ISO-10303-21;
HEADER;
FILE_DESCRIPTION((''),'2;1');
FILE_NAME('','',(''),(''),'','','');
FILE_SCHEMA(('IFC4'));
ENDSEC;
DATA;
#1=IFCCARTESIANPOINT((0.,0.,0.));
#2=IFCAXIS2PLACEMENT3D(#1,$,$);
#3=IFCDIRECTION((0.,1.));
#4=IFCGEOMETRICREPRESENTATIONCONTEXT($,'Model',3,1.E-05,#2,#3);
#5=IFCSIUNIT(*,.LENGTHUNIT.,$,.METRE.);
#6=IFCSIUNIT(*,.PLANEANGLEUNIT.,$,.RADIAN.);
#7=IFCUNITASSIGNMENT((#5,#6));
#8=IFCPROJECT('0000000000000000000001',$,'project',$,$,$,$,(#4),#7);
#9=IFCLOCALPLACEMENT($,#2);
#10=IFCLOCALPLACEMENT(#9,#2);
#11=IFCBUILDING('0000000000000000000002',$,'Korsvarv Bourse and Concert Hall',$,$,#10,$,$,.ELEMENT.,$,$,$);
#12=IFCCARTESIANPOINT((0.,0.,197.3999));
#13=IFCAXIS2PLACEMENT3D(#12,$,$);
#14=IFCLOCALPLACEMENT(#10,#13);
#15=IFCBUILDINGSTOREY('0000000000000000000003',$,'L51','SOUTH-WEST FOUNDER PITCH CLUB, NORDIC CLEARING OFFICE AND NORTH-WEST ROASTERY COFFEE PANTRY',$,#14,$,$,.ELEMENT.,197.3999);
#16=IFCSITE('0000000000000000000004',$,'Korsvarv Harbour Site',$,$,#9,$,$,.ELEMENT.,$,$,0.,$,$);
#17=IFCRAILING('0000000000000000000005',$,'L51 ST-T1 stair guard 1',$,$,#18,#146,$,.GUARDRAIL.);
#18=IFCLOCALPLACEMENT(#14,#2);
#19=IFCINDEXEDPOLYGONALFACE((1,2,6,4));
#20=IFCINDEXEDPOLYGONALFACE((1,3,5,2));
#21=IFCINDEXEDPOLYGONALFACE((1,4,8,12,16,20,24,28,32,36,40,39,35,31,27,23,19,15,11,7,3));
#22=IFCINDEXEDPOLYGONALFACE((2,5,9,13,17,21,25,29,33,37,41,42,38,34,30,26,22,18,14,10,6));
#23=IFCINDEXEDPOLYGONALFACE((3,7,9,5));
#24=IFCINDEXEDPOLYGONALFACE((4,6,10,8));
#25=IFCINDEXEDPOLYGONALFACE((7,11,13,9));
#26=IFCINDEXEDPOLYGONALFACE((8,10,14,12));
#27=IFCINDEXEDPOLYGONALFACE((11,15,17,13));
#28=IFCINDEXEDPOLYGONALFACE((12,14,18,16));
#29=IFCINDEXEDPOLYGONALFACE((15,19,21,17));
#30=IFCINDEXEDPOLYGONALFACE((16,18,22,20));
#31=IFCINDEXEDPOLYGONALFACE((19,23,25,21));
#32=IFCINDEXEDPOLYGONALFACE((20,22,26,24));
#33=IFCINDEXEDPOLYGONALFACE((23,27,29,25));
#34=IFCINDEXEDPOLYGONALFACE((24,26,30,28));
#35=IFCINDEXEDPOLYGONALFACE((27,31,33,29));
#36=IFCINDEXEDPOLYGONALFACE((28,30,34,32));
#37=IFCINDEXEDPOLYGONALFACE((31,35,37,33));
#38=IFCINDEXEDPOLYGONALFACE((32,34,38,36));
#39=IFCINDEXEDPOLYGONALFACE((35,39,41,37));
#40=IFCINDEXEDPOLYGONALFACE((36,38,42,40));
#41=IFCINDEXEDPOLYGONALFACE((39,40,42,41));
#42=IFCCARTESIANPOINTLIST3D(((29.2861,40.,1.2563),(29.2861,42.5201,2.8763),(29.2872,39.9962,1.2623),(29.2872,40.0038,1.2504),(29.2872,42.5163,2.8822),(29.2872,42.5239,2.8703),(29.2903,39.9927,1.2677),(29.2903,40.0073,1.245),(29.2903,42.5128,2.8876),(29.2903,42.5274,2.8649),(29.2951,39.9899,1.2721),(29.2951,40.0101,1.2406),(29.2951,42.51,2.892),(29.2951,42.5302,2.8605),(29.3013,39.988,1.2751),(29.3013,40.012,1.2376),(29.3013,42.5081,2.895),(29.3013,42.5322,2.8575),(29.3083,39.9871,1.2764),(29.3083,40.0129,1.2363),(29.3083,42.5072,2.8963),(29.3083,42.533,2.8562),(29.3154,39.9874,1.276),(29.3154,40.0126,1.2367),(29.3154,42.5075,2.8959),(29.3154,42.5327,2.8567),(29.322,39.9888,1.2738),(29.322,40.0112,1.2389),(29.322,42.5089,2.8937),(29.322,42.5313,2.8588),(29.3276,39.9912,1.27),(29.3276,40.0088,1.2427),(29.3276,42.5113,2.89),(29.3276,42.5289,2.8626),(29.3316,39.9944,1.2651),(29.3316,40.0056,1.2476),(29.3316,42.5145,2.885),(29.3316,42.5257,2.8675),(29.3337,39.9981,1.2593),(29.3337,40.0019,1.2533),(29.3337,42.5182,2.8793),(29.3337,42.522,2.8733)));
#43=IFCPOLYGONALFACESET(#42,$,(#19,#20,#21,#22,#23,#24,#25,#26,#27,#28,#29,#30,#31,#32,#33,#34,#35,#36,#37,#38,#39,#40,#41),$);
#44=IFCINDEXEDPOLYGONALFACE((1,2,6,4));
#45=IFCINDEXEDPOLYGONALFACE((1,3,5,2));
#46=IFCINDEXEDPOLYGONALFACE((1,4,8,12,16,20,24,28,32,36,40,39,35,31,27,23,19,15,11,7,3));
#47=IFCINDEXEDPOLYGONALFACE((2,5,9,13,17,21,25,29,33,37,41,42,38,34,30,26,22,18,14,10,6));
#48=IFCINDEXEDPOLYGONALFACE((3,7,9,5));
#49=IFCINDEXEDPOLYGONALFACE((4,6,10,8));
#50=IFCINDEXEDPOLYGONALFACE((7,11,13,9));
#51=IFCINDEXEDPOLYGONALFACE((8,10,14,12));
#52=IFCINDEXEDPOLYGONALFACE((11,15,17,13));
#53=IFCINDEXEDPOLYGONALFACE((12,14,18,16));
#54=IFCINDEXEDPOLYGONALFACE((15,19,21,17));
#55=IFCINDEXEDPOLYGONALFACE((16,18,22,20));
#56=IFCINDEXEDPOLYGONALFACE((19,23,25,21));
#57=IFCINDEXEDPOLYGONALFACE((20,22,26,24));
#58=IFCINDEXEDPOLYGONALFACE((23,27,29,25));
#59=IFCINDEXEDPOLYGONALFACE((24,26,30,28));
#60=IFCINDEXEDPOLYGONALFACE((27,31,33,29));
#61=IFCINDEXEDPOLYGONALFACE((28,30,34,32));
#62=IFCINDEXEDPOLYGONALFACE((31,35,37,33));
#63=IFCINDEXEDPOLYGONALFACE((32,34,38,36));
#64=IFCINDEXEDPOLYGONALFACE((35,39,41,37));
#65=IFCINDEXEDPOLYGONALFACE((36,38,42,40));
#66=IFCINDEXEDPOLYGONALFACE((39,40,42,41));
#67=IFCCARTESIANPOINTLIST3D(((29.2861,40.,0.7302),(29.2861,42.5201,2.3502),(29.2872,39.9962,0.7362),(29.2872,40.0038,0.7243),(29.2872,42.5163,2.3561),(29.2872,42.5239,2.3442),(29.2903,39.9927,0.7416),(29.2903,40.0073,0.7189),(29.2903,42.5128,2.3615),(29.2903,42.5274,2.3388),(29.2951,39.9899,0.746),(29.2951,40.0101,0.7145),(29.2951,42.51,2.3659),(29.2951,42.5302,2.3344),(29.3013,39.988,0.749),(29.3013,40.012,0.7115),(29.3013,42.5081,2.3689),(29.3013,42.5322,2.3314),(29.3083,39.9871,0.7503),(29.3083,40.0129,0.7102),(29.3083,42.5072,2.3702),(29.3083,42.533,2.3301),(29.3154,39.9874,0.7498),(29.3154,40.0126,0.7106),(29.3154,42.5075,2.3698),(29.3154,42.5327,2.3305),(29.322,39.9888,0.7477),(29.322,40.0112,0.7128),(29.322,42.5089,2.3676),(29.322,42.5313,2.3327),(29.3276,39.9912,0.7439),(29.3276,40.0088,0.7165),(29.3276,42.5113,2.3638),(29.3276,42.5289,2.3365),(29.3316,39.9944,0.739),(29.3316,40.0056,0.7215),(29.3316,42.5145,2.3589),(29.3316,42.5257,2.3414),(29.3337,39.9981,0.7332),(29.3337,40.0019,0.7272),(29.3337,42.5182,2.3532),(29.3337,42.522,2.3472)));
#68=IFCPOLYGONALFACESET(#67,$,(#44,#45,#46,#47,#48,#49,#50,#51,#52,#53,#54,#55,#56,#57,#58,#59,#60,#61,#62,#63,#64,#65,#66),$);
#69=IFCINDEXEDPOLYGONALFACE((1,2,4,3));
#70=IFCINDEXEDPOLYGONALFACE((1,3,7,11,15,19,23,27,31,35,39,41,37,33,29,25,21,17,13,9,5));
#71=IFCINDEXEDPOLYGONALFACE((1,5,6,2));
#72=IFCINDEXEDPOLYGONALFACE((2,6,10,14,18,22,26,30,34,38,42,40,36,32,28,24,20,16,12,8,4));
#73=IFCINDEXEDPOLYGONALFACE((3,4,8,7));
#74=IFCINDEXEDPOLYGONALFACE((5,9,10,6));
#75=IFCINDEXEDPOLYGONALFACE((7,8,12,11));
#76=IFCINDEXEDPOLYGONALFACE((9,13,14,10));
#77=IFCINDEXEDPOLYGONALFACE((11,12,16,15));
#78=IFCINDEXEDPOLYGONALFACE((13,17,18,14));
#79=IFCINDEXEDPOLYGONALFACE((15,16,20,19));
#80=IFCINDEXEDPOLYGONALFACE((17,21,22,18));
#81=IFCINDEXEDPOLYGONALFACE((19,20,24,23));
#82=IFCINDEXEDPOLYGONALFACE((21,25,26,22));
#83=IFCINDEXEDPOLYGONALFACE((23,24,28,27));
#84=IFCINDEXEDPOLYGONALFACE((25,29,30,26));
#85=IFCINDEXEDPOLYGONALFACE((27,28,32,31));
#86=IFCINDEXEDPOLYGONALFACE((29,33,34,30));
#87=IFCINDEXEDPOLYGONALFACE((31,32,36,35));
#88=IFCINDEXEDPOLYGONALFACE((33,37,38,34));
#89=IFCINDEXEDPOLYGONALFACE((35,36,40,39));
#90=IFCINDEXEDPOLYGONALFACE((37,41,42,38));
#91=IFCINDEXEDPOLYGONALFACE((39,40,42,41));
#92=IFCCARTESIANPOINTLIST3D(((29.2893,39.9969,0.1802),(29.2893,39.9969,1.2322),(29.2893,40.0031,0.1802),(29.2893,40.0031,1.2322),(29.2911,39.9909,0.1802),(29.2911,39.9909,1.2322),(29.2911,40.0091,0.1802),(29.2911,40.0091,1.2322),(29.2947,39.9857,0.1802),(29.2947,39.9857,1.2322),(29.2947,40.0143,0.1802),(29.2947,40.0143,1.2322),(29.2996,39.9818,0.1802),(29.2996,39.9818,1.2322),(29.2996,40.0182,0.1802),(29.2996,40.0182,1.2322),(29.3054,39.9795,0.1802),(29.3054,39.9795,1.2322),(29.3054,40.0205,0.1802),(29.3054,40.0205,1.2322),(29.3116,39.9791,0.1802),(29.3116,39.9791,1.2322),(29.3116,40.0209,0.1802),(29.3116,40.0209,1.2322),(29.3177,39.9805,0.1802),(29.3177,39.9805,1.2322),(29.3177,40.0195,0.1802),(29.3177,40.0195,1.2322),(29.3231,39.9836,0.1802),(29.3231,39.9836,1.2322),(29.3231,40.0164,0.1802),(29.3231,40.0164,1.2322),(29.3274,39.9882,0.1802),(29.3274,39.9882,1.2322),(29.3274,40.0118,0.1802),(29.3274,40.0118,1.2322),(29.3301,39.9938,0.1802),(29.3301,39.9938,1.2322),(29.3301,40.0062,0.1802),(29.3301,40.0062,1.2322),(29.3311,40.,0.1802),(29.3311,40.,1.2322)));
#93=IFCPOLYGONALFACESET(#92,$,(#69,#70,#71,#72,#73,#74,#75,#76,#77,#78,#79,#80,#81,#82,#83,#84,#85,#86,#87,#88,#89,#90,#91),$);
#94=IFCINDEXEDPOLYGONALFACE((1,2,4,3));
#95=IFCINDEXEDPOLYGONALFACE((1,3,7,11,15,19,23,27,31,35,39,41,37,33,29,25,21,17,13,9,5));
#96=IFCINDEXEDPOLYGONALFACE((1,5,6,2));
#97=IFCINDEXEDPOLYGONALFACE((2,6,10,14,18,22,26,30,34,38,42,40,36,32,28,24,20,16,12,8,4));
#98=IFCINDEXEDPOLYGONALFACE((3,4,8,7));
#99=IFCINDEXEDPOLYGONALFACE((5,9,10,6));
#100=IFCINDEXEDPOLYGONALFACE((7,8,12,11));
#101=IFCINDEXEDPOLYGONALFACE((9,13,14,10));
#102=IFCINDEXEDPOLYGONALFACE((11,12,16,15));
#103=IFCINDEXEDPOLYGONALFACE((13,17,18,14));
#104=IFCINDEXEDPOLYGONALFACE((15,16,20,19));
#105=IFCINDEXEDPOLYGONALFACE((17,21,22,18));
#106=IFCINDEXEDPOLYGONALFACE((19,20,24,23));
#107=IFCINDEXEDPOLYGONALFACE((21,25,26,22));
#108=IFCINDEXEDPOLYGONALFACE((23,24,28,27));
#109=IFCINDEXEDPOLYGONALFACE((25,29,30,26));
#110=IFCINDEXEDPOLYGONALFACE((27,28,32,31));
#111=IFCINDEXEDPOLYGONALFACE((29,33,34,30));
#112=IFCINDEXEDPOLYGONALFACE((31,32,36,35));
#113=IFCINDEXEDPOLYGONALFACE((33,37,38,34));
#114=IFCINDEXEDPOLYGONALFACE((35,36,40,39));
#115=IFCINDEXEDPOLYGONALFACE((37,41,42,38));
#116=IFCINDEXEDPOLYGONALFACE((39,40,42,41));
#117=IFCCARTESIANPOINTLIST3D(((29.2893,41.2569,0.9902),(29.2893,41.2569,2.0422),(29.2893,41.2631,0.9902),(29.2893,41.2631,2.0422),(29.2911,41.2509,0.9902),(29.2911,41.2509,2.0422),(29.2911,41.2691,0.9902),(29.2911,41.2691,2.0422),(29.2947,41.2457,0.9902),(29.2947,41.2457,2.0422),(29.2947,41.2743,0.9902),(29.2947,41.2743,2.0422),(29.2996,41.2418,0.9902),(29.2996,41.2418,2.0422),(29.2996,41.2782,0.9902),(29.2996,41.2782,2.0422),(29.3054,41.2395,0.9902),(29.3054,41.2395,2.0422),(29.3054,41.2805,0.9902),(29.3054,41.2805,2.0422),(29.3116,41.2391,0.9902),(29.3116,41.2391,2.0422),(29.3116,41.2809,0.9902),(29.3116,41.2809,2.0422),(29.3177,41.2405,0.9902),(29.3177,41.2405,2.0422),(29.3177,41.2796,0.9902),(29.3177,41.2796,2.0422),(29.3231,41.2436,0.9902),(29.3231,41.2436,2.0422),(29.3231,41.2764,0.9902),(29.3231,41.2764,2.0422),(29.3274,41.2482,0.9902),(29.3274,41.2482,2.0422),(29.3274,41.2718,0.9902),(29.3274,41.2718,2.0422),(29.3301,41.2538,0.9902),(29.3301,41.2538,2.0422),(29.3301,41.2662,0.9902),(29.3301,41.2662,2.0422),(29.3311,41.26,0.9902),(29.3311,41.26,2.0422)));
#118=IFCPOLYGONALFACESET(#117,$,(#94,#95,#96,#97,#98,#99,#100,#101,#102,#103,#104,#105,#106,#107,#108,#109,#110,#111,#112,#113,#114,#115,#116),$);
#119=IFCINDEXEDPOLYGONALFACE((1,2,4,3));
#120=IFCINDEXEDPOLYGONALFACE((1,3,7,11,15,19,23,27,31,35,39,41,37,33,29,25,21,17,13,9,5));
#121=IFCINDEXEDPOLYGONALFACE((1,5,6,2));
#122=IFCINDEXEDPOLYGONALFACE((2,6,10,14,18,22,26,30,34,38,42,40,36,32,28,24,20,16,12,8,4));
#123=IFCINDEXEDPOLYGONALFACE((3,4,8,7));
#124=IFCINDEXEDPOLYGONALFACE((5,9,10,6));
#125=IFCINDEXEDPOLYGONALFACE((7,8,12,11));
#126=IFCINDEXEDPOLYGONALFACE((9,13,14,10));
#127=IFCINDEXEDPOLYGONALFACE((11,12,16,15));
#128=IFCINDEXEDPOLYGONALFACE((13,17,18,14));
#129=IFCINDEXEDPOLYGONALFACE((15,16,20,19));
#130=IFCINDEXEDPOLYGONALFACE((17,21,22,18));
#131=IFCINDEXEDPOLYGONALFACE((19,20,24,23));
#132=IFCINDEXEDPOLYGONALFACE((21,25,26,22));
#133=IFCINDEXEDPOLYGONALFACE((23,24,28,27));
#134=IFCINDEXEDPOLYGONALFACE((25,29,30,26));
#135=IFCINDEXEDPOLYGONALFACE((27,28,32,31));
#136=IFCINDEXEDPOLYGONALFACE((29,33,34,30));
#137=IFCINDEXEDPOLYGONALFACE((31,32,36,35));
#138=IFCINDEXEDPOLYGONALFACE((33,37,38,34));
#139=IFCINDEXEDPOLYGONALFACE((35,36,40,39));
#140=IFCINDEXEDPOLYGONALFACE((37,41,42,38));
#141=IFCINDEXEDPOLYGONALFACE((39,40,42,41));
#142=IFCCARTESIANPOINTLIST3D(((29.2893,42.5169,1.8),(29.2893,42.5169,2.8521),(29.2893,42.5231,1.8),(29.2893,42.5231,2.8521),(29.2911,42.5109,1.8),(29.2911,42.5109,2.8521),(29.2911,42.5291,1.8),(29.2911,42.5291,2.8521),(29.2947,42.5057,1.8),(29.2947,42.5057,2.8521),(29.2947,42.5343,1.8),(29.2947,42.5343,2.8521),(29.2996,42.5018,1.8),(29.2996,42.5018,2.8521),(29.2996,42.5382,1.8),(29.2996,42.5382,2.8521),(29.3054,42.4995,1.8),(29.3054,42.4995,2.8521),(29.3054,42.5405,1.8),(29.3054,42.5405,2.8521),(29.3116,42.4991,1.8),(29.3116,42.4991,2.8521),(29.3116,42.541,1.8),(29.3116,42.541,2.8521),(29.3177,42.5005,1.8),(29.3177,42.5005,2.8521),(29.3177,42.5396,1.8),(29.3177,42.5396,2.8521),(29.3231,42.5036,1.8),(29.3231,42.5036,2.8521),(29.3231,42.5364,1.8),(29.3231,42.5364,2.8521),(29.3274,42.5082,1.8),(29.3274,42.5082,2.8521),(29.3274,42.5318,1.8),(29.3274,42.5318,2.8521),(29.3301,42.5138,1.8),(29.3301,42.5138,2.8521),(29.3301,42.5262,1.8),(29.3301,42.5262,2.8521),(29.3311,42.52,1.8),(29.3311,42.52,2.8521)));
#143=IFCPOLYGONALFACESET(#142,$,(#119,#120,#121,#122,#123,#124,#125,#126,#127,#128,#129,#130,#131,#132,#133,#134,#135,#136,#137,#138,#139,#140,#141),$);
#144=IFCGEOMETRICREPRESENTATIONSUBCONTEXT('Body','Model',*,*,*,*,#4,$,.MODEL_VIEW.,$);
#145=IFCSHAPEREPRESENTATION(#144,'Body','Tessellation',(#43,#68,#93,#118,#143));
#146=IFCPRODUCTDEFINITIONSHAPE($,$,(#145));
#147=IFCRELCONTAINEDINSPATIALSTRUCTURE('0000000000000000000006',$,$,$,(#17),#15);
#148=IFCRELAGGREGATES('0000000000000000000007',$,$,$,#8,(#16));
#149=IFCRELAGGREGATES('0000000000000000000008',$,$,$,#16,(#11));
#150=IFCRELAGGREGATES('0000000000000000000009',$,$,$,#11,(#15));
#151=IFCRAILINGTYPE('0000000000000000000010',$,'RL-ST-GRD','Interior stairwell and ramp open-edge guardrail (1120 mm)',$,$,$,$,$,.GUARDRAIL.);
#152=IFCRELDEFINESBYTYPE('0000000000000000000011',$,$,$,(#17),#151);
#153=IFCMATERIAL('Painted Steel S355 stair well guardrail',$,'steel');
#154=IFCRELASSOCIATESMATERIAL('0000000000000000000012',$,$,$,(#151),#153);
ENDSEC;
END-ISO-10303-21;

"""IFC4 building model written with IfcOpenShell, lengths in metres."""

from ifc_helpers import new_model, si_unit, direction, frame, origin, origin_2d, place, context, subcontext, project, spatial, circle, extrude, material, type_object, element, save


model = new_model("IFC4")

# Units and contexts
model_context = context("Model", 3, precision=1e-05, world=origin(), true_north=direction((0.0, 1.0)))
body_context = subcontext(model_context, "Body", "Model", "MODEL_VIEW")
ifc_project = project(units=[si_unit("LENGTHUNIT", "METRE"), si_unit("PLANEANGLEUNIT", "RADIAN")], contexts=[model_context])

# Site, building, storey
site_placement = place(None, origin())
site = spatial("IfcSite", under=ifc_project, at=site_placement, Name="Korsvarv Harbour Site", CompositionType="ELEMENT", RefElevation=0.0)
building_placement = place(site_placement, origin())
building = spatial("IfcBuilding", under=site, at=building_placement, Name="Korsvarv Bourse and Concert Hall", CompositionType="ELEMENT")
storey_placement = place(building_placement, frame((0.0, 0.0, 197.3999)))
storey = spatial("IfcBuildingStorey", under=building, at=storey_placement, Name="L51", Description="SOUTH-WEST FOUNDER PITCH CLUB, NORDIC CLEARING OFFICE AND NORTH-WEST ROASTERY COFFEE PANTRY", CompositionType="ELEMENT", Elevation=197.3999)

# Railing
ifc_material_1 = material(Name="Painted Steel S355 stair well guardrail", Category="steel")
railing_type_1 = type_object("IfcRailingType", Name="RL-ST-GRD", Description="Interior stairwell and ramp open-edge guardrail (1120 mm)", PredefinedType="GUARDRAIL", material=ifc_material_1)
railing_1_placement = place(storey_placement, frame((29.3101, 40.0, 0.1802)))
element("IfcRailing", 1, at=railing_1_placement, inside=storey, type_object=railing_type_1, Name="L51 ST-T1 stair guard 1", PredefinedType="GUARDRAIL", context=body_context, shape_type="SweptSolid", body=[
    extrude(circle(Radius=0.0239, at=origin_2d()), frame((0.0, 0.0, 1.0762), z_axis=(0.0, 0.8412, 0.540725), x_axis=(-1.0, 0.0, 0.0)), (0.0, 0.0, 1.0), 2.9958),
    extrude(circle(Radius=0.0239, at=origin_2d()), frame((0.0, 0.0, 0.55), z_axis=(0.0, 0.8412, 0.540725), x_axis=(-1.0, 0.0, 0.0)), (0.0, 0.0, 1.0), 2.9958),
    extrude(circle(Radius=0.021, at=origin_2d()), origin(), (0.0, 0.0, 1.0), 1.052),
    extrude(circle(Radius=0.021, at=origin_2d()), frame((0.0, 1.26, 0.8101)), (0.0, 0.0, 1.0), 1.052),
    extrude(circle(Radius=0.021, at=origin_2d()), frame((0.0, 2.52, 1.6199)), (0.0, 0.0, 1.0), 1.052),
])

save(model, "model.ifc")
